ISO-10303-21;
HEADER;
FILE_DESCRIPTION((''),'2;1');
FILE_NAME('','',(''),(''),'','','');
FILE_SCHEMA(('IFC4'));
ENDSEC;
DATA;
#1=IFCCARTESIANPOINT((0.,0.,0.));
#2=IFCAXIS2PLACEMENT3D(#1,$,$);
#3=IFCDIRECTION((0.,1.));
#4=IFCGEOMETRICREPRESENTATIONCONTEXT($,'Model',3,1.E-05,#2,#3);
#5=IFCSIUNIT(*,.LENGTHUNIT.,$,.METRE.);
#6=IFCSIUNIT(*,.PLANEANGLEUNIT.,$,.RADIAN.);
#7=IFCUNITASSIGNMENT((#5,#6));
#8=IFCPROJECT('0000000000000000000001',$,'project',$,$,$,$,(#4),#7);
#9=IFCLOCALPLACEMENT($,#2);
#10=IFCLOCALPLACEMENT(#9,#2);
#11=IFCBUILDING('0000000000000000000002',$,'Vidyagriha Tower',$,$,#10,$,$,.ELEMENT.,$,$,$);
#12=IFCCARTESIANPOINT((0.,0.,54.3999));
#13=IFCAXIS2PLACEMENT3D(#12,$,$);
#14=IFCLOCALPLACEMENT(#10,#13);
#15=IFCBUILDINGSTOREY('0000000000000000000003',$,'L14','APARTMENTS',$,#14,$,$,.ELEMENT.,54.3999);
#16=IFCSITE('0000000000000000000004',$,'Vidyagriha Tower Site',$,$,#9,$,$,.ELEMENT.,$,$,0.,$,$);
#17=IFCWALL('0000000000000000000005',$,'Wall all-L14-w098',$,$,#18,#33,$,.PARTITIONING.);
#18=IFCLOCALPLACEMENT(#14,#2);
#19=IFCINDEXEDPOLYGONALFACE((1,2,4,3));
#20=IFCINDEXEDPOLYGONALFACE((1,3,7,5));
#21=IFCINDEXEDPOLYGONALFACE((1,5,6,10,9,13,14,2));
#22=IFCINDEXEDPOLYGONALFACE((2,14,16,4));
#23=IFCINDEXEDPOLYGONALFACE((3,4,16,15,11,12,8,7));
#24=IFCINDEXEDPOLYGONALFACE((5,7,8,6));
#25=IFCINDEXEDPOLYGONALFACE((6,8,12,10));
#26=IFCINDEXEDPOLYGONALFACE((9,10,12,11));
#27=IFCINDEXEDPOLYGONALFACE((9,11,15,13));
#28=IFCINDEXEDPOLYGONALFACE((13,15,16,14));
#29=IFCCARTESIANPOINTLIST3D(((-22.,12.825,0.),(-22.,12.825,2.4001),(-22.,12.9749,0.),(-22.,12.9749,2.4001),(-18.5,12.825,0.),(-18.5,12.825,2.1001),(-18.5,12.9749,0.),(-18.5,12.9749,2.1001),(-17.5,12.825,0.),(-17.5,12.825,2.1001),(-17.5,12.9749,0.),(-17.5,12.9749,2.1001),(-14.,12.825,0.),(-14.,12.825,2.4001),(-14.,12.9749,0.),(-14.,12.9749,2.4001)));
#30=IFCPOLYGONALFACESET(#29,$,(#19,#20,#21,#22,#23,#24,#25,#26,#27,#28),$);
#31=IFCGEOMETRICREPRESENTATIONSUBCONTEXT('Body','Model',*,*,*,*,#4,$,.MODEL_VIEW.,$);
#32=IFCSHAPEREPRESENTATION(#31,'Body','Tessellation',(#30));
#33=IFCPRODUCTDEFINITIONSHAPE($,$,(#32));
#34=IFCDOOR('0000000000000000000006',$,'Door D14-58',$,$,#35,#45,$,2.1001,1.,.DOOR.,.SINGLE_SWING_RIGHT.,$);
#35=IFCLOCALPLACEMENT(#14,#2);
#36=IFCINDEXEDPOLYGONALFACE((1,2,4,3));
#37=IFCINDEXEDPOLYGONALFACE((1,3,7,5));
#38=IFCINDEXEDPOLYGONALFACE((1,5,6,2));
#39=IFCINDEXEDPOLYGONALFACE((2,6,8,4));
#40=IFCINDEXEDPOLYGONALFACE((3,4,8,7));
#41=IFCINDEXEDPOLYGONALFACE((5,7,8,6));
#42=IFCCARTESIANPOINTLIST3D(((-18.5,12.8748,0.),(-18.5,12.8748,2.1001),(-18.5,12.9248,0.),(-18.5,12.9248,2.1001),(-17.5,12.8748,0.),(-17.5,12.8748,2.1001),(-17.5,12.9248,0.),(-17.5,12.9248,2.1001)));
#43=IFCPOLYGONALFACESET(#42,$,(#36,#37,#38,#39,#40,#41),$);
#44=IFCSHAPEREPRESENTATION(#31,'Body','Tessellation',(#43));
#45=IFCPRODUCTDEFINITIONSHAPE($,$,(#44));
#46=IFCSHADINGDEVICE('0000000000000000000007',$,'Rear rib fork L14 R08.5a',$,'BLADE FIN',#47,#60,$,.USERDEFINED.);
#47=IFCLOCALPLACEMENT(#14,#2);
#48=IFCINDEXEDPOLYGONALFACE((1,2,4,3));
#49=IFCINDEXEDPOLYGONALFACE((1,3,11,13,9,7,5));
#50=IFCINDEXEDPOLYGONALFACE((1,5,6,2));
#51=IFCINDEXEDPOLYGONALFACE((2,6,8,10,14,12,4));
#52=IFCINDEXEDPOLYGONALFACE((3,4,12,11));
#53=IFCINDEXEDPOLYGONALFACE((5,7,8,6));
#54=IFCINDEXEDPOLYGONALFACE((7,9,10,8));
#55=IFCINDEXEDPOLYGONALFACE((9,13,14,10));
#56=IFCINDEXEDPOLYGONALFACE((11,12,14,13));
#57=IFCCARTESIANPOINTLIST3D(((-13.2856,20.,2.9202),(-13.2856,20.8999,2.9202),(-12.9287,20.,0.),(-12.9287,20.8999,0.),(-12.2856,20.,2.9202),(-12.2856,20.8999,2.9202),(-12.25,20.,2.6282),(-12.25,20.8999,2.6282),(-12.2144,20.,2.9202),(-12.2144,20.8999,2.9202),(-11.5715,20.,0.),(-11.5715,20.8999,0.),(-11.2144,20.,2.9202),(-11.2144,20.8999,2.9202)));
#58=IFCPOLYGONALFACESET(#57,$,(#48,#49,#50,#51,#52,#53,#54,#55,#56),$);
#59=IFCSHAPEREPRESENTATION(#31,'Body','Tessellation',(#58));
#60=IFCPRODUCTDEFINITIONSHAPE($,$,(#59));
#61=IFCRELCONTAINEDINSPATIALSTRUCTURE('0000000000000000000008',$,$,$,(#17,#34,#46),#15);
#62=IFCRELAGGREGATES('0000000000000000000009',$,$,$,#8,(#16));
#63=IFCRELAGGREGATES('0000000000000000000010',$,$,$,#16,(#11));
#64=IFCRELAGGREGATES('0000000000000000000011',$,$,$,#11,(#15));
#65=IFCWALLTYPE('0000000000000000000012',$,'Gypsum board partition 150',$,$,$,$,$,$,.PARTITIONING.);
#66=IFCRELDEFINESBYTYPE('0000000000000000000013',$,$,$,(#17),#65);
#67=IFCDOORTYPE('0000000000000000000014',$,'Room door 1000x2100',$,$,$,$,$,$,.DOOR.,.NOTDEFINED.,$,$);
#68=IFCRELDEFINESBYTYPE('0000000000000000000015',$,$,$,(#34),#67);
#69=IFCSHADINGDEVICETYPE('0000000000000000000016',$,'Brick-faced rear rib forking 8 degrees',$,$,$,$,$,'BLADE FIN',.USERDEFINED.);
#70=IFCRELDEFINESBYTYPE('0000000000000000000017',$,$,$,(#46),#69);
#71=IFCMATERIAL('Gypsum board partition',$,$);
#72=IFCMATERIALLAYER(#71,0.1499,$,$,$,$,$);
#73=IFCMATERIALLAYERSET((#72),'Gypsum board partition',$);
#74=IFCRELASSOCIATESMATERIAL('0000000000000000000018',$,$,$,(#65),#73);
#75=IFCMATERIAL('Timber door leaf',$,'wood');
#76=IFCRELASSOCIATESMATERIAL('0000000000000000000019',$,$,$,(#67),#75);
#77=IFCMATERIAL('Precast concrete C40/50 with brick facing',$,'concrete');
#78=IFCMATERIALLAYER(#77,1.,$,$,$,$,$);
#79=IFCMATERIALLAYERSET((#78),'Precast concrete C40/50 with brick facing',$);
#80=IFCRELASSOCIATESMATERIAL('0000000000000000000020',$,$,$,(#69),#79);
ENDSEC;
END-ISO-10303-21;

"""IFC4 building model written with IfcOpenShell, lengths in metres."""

from ifc_helpers import new_model, si_unit, direction, frame, frame_2d, origin, place, context, subcontext, project, spatial, polyline, rectangle, outline, extrude, material, layer, layer_set, type_object, element, fill, save


model = new_model("IFC4")

# Units and contexts
model_context = context("Model", 3, precision=1e-05, world=origin(), true_north=direction((0.0, 1.0)))
body_context = subcontext(model_context, "Body", "Model", "MODEL_VIEW")
ifc_project = project(units=[si_unit("LENGTHUNIT", "METRE"), si_unit("PLANEANGLEUNIT", "RADIAN")], contexts=[model_context])

# Site, building, storey
site_placement = place(None, origin())
site = spatial("IfcSite", under=ifc_project, at=site_placement, Name="Vidyagriha Tower Site", CompositionType="ELEMENT", RefElevation=0.0)
building_placement = place(site_placement, origin())
building = spatial("IfcBuilding", under=site, at=building_placement, Name="Vidyagriha Tower", CompositionType="ELEMENT")
storey_placement = place(building_placement, frame((0.0, 0.0, 54.3999)))
storey = spatial("IfcBuildingStorey", under=building, at=storey_placement, Name="L14", Description="APARTMENTS", CompositionType="ELEMENT", Elevation=54.3999)

# Wall, opening, door
ifc_material_1 = material(Name="Gypsum board partition")
ifc_layer_1 = layer(ifc_material_1, 0.1499)
ifc_layer_set_1 = layer_set([ifc_layer_1], Name="Gypsum board partition")
wall_type_1 = type_object("IfcWallType", Name="Gypsum board partition 150", PredefinedType="PARTITIONING", material=ifc_layer_set_1)
wall_1_placement = place(storey_placement, frame((-22.0, 12.8999, 0.0)))
wall_1 = element("IfcWall", 1, at=wall_1_placement, inside=storey, type_object=wall_type_1, Name="Wall all-L14-w098", PredefinedType="PARTITIONING", context=body_context, shape_type="SweptSolid", body=[
    extrude(rectangle(XDim=8.0, YDim=0.1499, at=frame_2d((4.0, 0.0))), origin(), (0.0, 0.0, 1.0), 2.4001),
])
opening_placement = place(wall_1_placement, frame((3.5, 0.0, 0.0)))
opening = element("IfcOpeningElement", 2, at=opening_placement, cuts=wall_1, PredefinedType="OPENING", context=body_context, shape_type="SweptSolid", body=[
    extrude(rectangle(XDim=1.0, YDim=2.1001, at=frame_2d((0.5, 1.05))), frame((0.0, 0.085, 0.0), z_axis=(0.0, -1.0, 0.0), x_axis=(1.0, 0.0, 0.0)), (0.0, 0.0, 1.0), 0.1699),
])
ifc_material_2 = material(Name="Timber door leaf", Category="wood")
door_type = type_object("IfcDoorType", Name="Room door 1000x2100", OperationType="NOTDEFINED", PredefinedType="DOOR", material=ifc_material_2)
door_placement = place(opening_placement, origin())
door = element("IfcDoor", 3, at=door_placement, inside=storey, type_object=door_type, Name="Door D14-58", OperationType="SINGLE_SWING_RIGHT", OverallHeight=2.1001, OverallWidth=1.0, PredefinedType="DOOR", context=body_context, shape_type="SweptSolid", body=[
    extrude(rectangle(XDim=1.0, YDim=2.1001, at=frame_2d((0.5, 1.05))), frame((0.0, 0.0249, 0.0), z_axis=(0.0, -1.0, 0.0), x_axis=(1.0, 0.0, 0.0)), (0.0, 0.0, 1.0), 0.05),
])
fill(opening, door)

# Shading device
ifc_material_3 = material(Name="Precast concrete C40/50 with brick facing", Category="concrete")
ifc_layer_2 = layer(ifc_material_3, 1.0)
ifc_layer_set_2 = layer_set([ifc_layer_2], Name="Precast concrete C40/50 with brick facing")
shading_device_type = type_object("IfcShadingDeviceType", Name="Brick-faced rear rib forking 8 degrees", ElementType="BLADE FIN", PredefinedType="USERDEFINED", material=ifc_layer_set_2)
shading_device_placement = place(storey_placement, frame((-11.2144, 20.45, 0.0), z_axis=(0.0, 0.0, 1.0), x_axis=(-1.0, 0.0, 0.0)))
element("IfcShadingDevice", 4, at=shading_device_placement, inside=storey, type_object=shading_device_type, Name="Rear rib fork L14 R08.5a", ObjectType="BLADE FIN", PredefinedType="USERDEFINED", context=body_context, shape_type="SweptSolid", body=[
    extrude(outline(polyline([(0.3572, 0.0), (1.7144, 0.0), (2.0713, 2.9202), (1.0713, 2.9202), (1.0356, 2.6282), (1.0, 2.9202), (0.0, 2.9202), (0.3572, 0.0)])), frame((0.0, 0.45, 0.0), z_axis=(0.0, -1.0, 0.0), x_axis=(1.0, 0.0, 0.0)), (0.0, 0.0, 1.0), 0.8999),
])

save(model, "model.ifc")
